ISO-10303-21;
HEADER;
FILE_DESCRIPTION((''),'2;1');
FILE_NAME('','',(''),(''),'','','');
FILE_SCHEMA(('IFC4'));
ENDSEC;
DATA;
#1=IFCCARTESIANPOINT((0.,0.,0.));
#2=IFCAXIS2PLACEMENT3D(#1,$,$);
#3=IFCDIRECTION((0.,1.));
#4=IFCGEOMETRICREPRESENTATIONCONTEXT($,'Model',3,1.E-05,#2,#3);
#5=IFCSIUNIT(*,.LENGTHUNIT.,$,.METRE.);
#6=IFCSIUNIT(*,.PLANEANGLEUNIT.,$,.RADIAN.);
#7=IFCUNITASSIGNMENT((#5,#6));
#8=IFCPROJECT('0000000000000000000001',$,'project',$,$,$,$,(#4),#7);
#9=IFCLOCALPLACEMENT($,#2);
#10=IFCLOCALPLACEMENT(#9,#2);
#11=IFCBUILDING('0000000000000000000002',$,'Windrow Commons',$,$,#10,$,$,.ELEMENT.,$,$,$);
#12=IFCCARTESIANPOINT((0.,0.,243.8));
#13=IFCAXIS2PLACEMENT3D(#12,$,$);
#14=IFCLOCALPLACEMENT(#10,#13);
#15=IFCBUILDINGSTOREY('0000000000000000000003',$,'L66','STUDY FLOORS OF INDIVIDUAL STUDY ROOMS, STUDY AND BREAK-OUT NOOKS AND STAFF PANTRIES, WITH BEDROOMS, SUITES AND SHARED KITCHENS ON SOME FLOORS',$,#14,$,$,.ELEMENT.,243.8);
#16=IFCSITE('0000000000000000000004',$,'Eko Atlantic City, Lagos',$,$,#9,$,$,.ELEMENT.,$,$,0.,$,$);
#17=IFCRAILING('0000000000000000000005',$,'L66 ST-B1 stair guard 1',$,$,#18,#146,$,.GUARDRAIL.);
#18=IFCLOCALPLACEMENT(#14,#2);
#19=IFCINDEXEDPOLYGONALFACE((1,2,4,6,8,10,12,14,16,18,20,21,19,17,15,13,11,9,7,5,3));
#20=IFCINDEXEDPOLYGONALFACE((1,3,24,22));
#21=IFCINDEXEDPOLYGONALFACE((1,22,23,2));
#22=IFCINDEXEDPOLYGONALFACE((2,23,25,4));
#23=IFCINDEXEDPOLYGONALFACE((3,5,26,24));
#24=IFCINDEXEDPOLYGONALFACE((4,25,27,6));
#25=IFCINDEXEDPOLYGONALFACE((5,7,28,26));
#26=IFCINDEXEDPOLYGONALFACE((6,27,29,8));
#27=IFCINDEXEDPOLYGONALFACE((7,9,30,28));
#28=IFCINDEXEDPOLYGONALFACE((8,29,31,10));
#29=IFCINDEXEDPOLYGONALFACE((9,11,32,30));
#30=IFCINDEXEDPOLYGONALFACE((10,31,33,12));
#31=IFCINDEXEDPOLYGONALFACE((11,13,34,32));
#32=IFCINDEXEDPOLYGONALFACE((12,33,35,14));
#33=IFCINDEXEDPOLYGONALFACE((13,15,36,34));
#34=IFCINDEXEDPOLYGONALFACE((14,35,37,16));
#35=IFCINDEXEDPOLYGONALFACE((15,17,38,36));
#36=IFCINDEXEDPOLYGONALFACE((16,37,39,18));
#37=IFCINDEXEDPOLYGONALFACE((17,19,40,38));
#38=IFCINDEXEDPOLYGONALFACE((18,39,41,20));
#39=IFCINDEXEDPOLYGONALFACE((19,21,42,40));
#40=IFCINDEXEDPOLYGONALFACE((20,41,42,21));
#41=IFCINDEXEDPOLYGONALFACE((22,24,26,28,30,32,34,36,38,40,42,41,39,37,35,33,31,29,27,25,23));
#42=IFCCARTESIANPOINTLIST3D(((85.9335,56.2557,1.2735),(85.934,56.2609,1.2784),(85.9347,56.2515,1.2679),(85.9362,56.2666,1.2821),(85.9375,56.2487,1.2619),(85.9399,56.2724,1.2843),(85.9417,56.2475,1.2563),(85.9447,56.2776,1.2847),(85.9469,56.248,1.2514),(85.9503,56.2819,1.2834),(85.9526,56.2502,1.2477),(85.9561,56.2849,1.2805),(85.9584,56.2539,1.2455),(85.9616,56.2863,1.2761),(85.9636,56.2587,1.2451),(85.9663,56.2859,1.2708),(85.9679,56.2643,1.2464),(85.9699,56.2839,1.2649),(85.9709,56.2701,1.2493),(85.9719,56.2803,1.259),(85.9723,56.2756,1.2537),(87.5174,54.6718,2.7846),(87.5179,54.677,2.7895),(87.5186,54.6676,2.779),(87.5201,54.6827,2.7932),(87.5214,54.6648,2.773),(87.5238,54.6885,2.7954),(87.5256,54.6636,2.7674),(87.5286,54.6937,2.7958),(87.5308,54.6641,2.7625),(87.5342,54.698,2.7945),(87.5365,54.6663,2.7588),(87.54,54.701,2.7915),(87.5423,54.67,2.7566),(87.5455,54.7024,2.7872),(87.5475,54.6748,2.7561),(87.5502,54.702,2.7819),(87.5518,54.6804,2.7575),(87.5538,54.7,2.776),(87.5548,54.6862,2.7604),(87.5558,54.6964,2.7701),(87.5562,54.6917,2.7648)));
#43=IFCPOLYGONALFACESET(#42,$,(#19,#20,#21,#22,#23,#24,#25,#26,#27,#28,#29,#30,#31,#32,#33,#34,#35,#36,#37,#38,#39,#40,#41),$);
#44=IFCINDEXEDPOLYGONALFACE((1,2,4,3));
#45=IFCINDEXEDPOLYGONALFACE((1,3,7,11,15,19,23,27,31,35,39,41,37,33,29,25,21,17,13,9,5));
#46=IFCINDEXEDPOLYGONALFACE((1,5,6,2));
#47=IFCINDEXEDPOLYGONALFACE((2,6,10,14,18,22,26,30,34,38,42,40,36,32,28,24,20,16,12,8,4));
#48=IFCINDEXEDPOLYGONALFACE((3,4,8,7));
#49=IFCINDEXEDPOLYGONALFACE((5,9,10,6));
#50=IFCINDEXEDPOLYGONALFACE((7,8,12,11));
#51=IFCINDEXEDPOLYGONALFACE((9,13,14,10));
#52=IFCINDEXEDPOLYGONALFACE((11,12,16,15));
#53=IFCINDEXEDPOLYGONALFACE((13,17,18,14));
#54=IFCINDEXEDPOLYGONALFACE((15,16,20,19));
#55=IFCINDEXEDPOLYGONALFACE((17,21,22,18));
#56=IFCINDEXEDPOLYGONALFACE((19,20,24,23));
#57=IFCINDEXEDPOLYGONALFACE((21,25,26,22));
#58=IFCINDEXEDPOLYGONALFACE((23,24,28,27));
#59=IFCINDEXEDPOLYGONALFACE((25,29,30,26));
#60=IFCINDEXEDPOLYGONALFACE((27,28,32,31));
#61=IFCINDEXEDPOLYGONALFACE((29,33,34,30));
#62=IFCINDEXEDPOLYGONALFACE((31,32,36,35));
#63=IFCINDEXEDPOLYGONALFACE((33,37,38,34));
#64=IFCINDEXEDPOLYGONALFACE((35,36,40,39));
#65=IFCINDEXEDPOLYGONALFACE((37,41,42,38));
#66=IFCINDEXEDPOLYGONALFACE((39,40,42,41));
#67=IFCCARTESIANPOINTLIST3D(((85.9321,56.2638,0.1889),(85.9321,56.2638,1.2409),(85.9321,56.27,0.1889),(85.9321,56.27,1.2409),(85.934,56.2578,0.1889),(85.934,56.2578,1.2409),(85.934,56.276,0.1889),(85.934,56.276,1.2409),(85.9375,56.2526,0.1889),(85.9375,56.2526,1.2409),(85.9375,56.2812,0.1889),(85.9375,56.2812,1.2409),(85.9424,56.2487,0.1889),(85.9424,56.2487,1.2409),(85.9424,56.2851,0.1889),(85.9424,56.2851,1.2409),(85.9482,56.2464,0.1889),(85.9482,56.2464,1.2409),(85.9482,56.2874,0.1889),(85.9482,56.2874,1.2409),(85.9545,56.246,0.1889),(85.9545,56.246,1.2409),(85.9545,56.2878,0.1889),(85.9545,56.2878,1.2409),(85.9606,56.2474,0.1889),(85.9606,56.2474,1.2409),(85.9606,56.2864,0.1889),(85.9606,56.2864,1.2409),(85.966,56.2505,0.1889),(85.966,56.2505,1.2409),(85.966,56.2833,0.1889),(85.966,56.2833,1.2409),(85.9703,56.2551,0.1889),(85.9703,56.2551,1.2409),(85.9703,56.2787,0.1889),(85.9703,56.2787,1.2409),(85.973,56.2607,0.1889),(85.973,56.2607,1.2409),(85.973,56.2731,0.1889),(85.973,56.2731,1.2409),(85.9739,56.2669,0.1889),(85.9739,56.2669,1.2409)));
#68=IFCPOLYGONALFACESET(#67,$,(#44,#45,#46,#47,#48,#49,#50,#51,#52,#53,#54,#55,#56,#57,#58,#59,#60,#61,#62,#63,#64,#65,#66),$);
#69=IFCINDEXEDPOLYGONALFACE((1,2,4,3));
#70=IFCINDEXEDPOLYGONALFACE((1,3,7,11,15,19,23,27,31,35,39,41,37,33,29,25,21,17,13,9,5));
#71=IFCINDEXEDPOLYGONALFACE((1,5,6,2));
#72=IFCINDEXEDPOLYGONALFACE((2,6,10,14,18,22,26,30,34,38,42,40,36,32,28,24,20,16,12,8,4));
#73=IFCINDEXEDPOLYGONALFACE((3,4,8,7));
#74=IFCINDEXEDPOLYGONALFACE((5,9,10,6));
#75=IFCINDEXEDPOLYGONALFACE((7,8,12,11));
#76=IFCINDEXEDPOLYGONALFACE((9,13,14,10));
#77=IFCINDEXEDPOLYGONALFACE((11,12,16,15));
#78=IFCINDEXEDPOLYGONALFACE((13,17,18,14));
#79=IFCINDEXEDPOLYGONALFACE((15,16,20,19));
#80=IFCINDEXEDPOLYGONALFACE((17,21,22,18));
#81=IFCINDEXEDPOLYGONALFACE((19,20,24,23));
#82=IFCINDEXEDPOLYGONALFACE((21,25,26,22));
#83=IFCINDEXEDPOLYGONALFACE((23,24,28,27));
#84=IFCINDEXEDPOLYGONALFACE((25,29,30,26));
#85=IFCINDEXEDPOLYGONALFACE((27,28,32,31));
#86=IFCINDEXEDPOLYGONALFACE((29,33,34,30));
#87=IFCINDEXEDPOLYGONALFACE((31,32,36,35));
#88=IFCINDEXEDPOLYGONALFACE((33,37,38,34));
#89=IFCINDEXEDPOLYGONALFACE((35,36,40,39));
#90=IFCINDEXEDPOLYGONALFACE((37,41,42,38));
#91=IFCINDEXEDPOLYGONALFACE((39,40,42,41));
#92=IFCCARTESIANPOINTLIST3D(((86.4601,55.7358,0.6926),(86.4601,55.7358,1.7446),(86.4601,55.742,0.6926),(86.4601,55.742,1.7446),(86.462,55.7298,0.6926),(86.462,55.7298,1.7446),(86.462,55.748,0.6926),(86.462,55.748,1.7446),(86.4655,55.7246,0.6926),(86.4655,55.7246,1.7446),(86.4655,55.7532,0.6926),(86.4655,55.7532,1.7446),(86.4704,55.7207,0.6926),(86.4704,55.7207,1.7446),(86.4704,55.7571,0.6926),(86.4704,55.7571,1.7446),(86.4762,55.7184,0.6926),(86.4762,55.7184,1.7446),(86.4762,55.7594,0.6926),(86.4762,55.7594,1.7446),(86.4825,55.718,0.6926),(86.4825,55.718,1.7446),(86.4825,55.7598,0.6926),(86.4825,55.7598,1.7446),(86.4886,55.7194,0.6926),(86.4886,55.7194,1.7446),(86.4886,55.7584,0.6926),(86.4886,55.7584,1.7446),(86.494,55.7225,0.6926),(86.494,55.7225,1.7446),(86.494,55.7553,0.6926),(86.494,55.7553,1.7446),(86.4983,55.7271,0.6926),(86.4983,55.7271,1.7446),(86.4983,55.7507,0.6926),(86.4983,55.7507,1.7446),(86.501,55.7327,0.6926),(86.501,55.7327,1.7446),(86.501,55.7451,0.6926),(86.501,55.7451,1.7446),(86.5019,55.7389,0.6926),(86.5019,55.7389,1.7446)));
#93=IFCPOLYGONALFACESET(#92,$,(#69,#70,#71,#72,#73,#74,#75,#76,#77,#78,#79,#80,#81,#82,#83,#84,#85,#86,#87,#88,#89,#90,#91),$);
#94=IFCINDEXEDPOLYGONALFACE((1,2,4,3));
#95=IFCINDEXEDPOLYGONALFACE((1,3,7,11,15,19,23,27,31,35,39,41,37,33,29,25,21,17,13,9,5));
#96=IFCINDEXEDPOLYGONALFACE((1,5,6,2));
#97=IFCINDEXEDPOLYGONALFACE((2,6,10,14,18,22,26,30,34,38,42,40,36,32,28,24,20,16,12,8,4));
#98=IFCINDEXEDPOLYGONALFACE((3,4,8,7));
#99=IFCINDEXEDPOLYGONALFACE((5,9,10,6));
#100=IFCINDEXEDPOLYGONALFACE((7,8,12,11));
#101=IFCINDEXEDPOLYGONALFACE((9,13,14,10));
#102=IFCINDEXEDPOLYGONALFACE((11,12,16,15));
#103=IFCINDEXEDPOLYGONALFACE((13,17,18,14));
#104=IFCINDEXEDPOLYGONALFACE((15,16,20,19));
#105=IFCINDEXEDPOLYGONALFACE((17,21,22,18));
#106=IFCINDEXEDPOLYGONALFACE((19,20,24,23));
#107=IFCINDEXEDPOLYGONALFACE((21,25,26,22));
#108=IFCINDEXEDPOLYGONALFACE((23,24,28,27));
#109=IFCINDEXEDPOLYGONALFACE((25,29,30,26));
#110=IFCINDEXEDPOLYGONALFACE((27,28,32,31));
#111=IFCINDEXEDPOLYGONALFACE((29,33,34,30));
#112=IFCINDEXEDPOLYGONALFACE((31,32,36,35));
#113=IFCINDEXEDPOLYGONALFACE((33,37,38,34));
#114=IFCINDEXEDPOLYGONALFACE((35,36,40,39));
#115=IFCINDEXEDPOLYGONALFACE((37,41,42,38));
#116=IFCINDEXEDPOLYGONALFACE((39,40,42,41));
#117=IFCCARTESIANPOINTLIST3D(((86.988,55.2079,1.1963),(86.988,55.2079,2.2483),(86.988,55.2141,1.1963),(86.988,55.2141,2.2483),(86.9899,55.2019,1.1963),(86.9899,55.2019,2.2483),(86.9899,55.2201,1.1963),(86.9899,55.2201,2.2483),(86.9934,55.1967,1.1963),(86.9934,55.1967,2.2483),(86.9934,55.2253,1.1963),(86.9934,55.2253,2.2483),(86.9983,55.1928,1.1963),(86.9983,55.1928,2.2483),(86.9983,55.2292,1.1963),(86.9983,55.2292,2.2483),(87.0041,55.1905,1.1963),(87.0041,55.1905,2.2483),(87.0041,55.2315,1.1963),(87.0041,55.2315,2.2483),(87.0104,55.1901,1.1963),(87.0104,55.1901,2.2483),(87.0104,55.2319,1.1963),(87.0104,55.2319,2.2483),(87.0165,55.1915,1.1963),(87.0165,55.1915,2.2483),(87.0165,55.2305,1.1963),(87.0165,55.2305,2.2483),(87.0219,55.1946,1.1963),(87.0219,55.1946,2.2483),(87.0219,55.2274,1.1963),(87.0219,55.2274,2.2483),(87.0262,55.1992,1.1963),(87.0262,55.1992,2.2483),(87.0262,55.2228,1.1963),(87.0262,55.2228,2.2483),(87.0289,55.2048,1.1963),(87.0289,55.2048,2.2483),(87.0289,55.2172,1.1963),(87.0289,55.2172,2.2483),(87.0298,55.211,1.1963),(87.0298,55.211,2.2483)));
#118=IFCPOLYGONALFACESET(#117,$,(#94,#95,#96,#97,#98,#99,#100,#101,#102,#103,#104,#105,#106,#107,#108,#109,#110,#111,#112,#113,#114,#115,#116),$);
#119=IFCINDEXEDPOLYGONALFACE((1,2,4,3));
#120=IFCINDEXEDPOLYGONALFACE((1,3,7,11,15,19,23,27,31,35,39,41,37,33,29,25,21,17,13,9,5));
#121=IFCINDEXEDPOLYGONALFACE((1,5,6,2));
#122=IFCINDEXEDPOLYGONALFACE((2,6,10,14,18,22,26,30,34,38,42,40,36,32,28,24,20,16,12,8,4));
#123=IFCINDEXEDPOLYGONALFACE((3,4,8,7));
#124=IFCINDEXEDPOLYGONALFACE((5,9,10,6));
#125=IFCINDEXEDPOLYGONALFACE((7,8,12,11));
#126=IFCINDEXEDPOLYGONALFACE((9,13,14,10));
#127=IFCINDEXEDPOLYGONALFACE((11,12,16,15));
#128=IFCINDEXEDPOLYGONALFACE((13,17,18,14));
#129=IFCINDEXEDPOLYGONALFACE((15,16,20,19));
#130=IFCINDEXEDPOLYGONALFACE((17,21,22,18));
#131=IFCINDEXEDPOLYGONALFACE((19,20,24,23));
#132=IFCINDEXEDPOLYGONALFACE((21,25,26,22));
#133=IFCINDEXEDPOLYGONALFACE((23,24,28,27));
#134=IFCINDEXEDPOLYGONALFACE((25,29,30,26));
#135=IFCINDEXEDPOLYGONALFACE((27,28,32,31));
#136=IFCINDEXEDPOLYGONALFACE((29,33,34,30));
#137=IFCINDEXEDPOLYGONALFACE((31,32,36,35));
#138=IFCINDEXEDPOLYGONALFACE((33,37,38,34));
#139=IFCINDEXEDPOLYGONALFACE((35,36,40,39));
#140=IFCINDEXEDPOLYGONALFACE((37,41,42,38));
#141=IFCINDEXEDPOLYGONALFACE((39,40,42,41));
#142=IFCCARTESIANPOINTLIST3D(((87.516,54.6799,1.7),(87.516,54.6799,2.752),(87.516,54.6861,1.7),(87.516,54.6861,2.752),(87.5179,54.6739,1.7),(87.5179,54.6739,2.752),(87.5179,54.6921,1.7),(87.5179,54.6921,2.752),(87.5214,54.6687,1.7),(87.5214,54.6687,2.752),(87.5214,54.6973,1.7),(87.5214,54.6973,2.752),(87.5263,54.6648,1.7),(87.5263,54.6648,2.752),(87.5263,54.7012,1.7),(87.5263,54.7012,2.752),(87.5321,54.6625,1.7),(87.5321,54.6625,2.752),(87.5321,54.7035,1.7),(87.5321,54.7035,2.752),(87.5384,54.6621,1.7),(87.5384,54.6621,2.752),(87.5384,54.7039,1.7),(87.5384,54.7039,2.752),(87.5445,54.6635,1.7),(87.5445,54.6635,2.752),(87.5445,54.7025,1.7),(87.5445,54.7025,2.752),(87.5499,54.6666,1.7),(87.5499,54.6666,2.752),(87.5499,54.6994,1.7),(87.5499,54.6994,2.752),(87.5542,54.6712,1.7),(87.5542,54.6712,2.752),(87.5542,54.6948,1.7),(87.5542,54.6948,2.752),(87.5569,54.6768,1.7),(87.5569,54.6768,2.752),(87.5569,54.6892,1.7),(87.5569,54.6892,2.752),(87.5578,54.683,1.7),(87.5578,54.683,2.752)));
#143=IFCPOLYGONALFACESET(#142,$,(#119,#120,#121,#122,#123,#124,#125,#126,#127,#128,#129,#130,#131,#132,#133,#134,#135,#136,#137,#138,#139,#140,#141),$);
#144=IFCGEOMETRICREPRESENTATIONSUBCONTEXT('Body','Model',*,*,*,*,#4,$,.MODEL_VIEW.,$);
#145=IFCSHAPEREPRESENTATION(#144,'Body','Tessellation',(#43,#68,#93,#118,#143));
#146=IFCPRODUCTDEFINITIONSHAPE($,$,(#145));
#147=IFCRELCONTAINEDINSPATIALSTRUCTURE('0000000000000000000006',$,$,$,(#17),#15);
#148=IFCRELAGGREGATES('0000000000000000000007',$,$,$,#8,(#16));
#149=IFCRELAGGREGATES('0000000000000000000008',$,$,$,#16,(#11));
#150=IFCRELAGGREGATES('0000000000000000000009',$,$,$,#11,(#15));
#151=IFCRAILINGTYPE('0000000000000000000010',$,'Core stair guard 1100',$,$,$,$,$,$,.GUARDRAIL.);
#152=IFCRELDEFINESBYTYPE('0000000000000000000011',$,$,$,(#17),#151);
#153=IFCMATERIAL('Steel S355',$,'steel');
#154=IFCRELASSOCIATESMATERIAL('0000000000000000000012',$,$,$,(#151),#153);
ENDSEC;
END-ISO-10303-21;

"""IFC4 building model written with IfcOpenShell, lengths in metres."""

from ifc_helpers import new_model, si_unit, direction, frame, origin, origin_2d, place, context, subcontext, project, spatial, circle, extrude, material, type_object, element, save


model = new_model("IFC4")

# Units and contexts
model_context = context("Model", 3, precision=1e-05, world=origin(), true_north=direction((0.0, 1.0)))
body_context = subcontext(model_context, "Body", "Model", "MODEL_VIEW")
ifc_project = project(units=[si_unit("LENGTHUNIT", "METRE"), si_unit("PLANEANGLEUNIT", "RADIAN")], contexts=[model_context])

# Site, building, storey
site_placement = place(None, origin())
site = spatial("IfcSite", under=ifc_project, at=site_placement, Name="Eko Atlantic City, Lagos", CompositionType="ELEMENT", RefElevation=0.0)
building_placement = place(site_placement, origin())
building = spatial("IfcBuilding", under=site, at=building_placement, Name="Windrow Commons", CompositionType="ELEMENT")
storey_placement = place(building_placement, frame((0.0, 0.0, 243.8)))
storey = spatial("IfcBuildingStorey", under=building, at=storey_placement, Name="L66", Description="STUDY FLOORS OF INDIVIDUAL STUDY ROOMS, STUDY AND BREAK-OUT NOOKS AND STAFF PANTRIES, WITH BEDROOMS, SUITES AND SHARED KITCHENS ON SOME FLOORS", CompositionType="ELEMENT", Elevation=243.8)

# Railing
ifc_material_1 = material(Name="Steel S355", Category="steel")
railing_type_1 = type_object("IfcRailingType", Name="Core stair guard 1100", PredefinedType="GUARDRAIL", material=ifc_material_1)
railing_1_placement = place(storey_placement, frame((85.9529, 56.2669, 0.1889)))
element("IfcRailing", 1, at=railing_1_placement, inside=storey, type_object=railing_type_1, Name="L66 ST-B1 stair guard 1", PredefinedType="GUARDRAIL", context=body_context, shape_type="SweptSolid", body=[
    extrude(circle(Radius=0.024, at=origin_2d()), frame((0.0, 0.0, 1.076), z_axis=(0.586191, -0.586191, 0.559249), x_axis=(0.707107, 0.707107, 0.0)), (0.0, 0.0, 1.0), 2.702),
    extrude(circle(Radius=0.021, at=origin_2d()), origin(), (0.0, 0.0, 1.0), 1.052),
    extrude(circle(Radius=0.021, at=origin_2d()), frame((0.528, -0.528, 0.5037)), (0.0, 0.0, 1.0), 1.052),
    extrude(circle(Radius=0.021, at=origin_2d()), frame((1.0559, -1.0559, 1.0074)), (0.0, 0.0, 1.0), 1.052),
    extrude(circle(Radius=0.021, at=origin_2d()), frame((1.5839, -1.5839, 1.5111)), (0.0, 0.0, 1.0), 1.052),
])

save(model, "model.ifc")
